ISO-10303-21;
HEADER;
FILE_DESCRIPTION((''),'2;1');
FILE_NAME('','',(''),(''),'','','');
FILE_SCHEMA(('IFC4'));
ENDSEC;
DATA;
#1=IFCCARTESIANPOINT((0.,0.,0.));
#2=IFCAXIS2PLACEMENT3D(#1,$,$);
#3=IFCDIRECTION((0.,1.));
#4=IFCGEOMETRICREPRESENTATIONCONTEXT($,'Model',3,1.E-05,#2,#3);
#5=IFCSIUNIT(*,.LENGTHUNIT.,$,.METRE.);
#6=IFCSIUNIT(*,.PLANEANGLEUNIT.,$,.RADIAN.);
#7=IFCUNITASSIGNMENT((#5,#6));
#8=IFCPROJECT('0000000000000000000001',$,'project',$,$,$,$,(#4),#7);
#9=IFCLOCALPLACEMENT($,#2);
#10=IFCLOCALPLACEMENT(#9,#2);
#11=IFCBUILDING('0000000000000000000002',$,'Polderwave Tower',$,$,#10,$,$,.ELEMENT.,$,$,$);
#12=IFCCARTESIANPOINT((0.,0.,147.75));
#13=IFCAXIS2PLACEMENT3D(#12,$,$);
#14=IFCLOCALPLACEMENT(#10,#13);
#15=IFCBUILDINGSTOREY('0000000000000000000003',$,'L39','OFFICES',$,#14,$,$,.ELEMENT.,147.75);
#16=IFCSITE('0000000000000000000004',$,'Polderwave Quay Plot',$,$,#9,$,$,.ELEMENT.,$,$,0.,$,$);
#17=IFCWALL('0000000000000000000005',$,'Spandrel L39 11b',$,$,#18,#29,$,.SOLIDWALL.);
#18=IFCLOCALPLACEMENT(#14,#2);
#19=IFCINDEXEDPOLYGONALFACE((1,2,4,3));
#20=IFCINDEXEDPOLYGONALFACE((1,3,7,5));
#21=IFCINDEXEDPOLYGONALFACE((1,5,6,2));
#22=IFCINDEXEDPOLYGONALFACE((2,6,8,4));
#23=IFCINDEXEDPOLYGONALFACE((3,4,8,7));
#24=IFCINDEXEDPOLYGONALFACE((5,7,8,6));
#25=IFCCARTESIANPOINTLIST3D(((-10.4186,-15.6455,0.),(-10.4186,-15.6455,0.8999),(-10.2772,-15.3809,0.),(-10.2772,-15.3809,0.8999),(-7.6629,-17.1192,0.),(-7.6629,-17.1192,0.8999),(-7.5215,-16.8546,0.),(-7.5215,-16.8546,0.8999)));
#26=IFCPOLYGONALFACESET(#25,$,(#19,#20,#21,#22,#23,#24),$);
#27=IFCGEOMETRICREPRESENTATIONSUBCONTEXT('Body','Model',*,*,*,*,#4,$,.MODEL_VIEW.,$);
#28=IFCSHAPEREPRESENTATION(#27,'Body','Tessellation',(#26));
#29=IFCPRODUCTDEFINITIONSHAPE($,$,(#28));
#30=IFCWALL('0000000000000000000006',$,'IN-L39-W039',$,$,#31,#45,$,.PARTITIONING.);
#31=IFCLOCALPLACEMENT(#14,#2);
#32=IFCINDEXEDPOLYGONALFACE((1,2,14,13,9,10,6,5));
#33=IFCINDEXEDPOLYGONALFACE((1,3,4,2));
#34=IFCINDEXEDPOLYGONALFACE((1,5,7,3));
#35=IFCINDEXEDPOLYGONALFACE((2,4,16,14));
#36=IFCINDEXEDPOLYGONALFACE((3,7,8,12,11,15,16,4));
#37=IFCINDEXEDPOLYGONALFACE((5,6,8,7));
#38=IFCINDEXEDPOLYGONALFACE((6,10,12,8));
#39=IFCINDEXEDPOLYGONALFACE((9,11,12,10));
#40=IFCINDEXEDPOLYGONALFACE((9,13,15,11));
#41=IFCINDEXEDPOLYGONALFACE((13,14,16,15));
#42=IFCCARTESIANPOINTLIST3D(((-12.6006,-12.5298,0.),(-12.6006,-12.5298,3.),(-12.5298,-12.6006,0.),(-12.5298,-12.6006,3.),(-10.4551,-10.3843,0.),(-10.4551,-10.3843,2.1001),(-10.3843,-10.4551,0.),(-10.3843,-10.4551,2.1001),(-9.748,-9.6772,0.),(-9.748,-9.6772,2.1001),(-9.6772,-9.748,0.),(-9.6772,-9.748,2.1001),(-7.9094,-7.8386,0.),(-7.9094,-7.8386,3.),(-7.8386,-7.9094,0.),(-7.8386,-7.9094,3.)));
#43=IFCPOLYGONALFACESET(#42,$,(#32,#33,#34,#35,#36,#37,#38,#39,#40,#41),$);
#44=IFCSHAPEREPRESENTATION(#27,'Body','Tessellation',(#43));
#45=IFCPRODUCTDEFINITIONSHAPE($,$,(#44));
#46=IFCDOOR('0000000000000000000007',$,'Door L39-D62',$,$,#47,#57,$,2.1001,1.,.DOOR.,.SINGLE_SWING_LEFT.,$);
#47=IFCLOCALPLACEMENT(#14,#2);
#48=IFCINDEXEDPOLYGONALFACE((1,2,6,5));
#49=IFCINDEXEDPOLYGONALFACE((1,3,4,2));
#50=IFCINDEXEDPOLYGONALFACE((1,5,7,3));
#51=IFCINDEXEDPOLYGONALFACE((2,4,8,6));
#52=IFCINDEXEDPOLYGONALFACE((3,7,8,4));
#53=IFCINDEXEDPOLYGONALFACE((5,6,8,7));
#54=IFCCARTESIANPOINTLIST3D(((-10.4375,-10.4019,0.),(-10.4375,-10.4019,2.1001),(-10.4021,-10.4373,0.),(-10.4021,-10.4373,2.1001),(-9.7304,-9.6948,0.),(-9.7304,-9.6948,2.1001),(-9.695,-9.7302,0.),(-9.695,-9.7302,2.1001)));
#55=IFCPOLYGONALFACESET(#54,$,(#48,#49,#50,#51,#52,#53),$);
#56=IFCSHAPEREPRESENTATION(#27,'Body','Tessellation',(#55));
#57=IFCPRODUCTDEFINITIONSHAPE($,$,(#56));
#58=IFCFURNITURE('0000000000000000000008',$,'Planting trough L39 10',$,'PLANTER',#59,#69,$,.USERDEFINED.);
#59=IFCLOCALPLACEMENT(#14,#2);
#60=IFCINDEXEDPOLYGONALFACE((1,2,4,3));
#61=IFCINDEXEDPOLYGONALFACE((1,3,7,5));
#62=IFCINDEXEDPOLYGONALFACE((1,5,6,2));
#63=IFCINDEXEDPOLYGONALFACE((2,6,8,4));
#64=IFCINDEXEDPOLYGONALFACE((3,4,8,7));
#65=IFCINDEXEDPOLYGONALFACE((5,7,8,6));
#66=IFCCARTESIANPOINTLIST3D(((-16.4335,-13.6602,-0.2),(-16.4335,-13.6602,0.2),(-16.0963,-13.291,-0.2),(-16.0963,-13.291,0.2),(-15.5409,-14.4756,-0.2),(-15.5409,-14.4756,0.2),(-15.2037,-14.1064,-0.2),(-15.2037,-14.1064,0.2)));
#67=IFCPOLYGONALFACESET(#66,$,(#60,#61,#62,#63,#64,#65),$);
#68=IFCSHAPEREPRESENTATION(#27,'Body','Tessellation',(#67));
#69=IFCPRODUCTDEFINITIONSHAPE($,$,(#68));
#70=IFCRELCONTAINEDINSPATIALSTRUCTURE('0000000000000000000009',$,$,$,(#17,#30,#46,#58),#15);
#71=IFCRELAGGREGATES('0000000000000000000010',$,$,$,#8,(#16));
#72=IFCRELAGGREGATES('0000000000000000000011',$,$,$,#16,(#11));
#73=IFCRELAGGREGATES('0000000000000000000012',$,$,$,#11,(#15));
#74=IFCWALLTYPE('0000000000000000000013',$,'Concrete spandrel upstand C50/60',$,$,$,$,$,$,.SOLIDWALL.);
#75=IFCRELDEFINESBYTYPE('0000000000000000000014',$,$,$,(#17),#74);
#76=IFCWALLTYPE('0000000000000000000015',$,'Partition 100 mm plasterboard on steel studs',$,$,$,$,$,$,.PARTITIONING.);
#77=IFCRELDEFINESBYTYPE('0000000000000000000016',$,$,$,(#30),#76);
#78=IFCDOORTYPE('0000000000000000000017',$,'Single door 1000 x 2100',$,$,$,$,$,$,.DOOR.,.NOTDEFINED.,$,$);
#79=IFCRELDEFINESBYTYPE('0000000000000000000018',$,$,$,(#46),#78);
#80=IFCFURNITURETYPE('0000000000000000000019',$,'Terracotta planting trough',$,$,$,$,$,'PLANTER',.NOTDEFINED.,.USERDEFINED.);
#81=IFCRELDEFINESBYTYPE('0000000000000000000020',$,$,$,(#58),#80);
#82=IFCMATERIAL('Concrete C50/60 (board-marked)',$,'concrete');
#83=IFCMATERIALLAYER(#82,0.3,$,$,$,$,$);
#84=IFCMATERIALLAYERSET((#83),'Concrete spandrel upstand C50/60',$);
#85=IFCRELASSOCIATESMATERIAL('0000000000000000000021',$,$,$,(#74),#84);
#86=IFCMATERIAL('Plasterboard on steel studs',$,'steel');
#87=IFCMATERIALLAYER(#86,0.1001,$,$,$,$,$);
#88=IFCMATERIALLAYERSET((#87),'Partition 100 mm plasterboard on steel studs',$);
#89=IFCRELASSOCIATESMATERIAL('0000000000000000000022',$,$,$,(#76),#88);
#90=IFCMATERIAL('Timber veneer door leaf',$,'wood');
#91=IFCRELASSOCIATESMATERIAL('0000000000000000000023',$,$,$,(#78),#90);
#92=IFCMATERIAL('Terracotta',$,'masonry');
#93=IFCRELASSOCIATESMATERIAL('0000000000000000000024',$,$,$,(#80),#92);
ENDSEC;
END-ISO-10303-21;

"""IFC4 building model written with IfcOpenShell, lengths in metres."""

from ifc_helpers import new_model, si_unit, direction, frame, frame_2d, origin, origin_2d, place, context, subcontext, project, spatial, rectangle, extrude, material, layer, layer_set, type_object, element, fill, save


model = new_model("IFC4")

# Units and contexts
model_context = context("Model", 3, precision=1e-05, world=origin(), true_north=direction((0.0, 1.0)))
body_context = subcontext(model_context, "Body", "Model", "MODEL_VIEW")
ifc_project = project(units=[si_unit("LENGTHUNIT", "METRE"), si_unit("PLANEANGLEUNIT", "RADIAN")], contexts=[model_context])

# Site, building, storey
site_placement = place(None, origin())
site = spatial("IfcSite", under=ifc_project, at=site_placement, Name="Polderwave Quay Plot", CompositionType="ELEMENT", RefElevation=0.0)
building_placement = place(site_placement, origin())
building = spatial("IfcBuilding", under=site, at=building_placement, Name="Polderwave Tower", CompositionType="ELEMENT")
storey_placement = place(building_placement, frame((0.0, 0.0, 147.75)))
storey = spatial("IfcBuildingStorey", under=building, at=storey_placement, Name="L39", Description="OFFICES", CompositionType="ELEMENT", Elevation=147.75)

# Wall
ifc_material_1 = material(Name="Concrete C50/60 (board-marked)", Category="concrete")
ifc_layer_1 = layer(ifc_material_1, 0.3)
ifc_layer_set_1 = layer_set([ifc_layer_1], Name="Concrete spandrel upstand C50/60")
wall_type_1 = type_object("IfcWallType", Name="Concrete spandrel upstand C50/60", PredefinedType="SOLIDWALL", material=ifc_layer_set_1)
for number, where, z_axis, x_axis, name in (
    (1, (-10.3479, -15.5132, 0.0), (0.0, 0.0, 1.0), (0.881825, -0.471577, 0.0), "Spandrel L39 11b"),
):
    element("IfcWall", number, at=place(storey_placement, frame(where, z_axis=z_axis, x_axis=x_axis)), inside=storey, type_object=wall_type_1, Name=name, PredefinedType="SOLIDWALL", context=body_context, shape_type="SweptSolid", body=[
        extrude(rectangle(XDim=3.125, YDim=0.3, at=frame_2d((1.5625, 0.0))), origin(), (0.0, 0.0, 1.0), 0.8999),
    ])

# Wall, opening, door
ifc_material_2 = material(Name="Plasterboard on steel studs", Category="steel")
ifc_layer_2 = layer(ifc_material_2, 0.1001)
ifc_layer_set_2 = layer_set([ifc_layer_2], Name="Partition 100 mm plasterboard on steel studs")
wall_type_2 = type_object("IfcWallType", Name="Partition 100 mm plasterboard on steel studs", PredefinedType="PARTITIONING", material=ifc_layer_set_2)
wall_placement = place(storey_placement, frame((-7.874, -7.874, 0.0), z_axis=(0.0, 0.0, 1.0), x_axis=(-0.707107, -0.707107, 0.0)))
wall = element("IfcWall", 2, at=wall_placement, inside=storey, type_object=wall_type_2, Name="IN-L39-W039", PredefinedType="PARTITIONING", context=body_context, shape_type="SweptSolid", body=[
    extrude(rectangle(XDim=6.6343, YDim=0.1001, at=frame_2d((3.3171, 0.0))), origin(), (0.0, 0.0, 1.0), 3.0),
])
opening_placement = place(wall_placement, frame((2.6001, 0.0, 0.0)))
opening = element("IfcOpeningElement", 3, at=opening_placement, cuts=wall, PredefinedType="OPENING", context=body_context, shape_type="SweptSolid", body=[
    extrude(rectangle(XDim=1.0, YDim=2.1001, at=frame_2d((0.5, 1.05))), frame((0.0, 0.0601, 0.0), z_axis=(0.0, -1.0, 0.0), x_axis=(1.0, 0.0, 0.0)), (0.0, 0.0, 1.0), 0.1201),
])
ifc_material_3 = material(Name="Timber veneer door leaf", Category="wood")
door_type = type_object("IfcDoorType", Name="Single door 1000 x 2100", OperationType="NOTDEFINED", PredefinedType="DOOR", material=ifc_material_3)
door_placement = place(opening_placement, origin())
door = element("IfcDoor", 4, at=door_placement, inside=storey, type_object=door_type, Name="Door L39-D62", OperationType="SINGLE_SWING_LEFT", OverallHeight=2.1001, OverallWidth=1.0, PredefinedType="DOOR", context=body_context, shape_type="SweptSolid", body=[
    extrude(rectangle(XDim=1.0, YDim=2.1001, at=frame_2d((0.5, 1.05))), frame((0.0, 0.0249, 0.0), z_axis=(0.0, -1.0, 0.0), x_axis=(1.0, 0.0, 0.0)), (0.0, 0.0, 1.0), 0.05),
])
fill(opening, door)

# Furniture
ifc_material_4 = material(Name="Terracotta", Category="masonry")
furniture_type = type_object("IfcFurnitureType", Name="Terracotta planting trough", ElementType="PLANTER", AssemblyPlace="NOTDEFINED", PredefinedType="USERDEFINED", material=ifc_material_4)
furniture_placement = place(storey_placement, frame((-15.8186, -13.8833, -0.2), z_axis=(0.0, 0.0, 1.0), x_axis=(0.738307, -0.674465, 0.0)))
element("IfcFurniture", 5, at=furniture_placement, inside=storey, type_object=furniture_type, Name="Planting trough L39 10", ObjectType="PLANTER", PredefinedType="USERDEFINED", context=body_context, shape_type="SweptSolid", body=[
    extrude(rectangle(XDim=1.209, YDim=0.5, at=origin_2d()), origin(), (0.0, 0.0, 1.0), 0.3999),
])

save(model, "model.ifc")
